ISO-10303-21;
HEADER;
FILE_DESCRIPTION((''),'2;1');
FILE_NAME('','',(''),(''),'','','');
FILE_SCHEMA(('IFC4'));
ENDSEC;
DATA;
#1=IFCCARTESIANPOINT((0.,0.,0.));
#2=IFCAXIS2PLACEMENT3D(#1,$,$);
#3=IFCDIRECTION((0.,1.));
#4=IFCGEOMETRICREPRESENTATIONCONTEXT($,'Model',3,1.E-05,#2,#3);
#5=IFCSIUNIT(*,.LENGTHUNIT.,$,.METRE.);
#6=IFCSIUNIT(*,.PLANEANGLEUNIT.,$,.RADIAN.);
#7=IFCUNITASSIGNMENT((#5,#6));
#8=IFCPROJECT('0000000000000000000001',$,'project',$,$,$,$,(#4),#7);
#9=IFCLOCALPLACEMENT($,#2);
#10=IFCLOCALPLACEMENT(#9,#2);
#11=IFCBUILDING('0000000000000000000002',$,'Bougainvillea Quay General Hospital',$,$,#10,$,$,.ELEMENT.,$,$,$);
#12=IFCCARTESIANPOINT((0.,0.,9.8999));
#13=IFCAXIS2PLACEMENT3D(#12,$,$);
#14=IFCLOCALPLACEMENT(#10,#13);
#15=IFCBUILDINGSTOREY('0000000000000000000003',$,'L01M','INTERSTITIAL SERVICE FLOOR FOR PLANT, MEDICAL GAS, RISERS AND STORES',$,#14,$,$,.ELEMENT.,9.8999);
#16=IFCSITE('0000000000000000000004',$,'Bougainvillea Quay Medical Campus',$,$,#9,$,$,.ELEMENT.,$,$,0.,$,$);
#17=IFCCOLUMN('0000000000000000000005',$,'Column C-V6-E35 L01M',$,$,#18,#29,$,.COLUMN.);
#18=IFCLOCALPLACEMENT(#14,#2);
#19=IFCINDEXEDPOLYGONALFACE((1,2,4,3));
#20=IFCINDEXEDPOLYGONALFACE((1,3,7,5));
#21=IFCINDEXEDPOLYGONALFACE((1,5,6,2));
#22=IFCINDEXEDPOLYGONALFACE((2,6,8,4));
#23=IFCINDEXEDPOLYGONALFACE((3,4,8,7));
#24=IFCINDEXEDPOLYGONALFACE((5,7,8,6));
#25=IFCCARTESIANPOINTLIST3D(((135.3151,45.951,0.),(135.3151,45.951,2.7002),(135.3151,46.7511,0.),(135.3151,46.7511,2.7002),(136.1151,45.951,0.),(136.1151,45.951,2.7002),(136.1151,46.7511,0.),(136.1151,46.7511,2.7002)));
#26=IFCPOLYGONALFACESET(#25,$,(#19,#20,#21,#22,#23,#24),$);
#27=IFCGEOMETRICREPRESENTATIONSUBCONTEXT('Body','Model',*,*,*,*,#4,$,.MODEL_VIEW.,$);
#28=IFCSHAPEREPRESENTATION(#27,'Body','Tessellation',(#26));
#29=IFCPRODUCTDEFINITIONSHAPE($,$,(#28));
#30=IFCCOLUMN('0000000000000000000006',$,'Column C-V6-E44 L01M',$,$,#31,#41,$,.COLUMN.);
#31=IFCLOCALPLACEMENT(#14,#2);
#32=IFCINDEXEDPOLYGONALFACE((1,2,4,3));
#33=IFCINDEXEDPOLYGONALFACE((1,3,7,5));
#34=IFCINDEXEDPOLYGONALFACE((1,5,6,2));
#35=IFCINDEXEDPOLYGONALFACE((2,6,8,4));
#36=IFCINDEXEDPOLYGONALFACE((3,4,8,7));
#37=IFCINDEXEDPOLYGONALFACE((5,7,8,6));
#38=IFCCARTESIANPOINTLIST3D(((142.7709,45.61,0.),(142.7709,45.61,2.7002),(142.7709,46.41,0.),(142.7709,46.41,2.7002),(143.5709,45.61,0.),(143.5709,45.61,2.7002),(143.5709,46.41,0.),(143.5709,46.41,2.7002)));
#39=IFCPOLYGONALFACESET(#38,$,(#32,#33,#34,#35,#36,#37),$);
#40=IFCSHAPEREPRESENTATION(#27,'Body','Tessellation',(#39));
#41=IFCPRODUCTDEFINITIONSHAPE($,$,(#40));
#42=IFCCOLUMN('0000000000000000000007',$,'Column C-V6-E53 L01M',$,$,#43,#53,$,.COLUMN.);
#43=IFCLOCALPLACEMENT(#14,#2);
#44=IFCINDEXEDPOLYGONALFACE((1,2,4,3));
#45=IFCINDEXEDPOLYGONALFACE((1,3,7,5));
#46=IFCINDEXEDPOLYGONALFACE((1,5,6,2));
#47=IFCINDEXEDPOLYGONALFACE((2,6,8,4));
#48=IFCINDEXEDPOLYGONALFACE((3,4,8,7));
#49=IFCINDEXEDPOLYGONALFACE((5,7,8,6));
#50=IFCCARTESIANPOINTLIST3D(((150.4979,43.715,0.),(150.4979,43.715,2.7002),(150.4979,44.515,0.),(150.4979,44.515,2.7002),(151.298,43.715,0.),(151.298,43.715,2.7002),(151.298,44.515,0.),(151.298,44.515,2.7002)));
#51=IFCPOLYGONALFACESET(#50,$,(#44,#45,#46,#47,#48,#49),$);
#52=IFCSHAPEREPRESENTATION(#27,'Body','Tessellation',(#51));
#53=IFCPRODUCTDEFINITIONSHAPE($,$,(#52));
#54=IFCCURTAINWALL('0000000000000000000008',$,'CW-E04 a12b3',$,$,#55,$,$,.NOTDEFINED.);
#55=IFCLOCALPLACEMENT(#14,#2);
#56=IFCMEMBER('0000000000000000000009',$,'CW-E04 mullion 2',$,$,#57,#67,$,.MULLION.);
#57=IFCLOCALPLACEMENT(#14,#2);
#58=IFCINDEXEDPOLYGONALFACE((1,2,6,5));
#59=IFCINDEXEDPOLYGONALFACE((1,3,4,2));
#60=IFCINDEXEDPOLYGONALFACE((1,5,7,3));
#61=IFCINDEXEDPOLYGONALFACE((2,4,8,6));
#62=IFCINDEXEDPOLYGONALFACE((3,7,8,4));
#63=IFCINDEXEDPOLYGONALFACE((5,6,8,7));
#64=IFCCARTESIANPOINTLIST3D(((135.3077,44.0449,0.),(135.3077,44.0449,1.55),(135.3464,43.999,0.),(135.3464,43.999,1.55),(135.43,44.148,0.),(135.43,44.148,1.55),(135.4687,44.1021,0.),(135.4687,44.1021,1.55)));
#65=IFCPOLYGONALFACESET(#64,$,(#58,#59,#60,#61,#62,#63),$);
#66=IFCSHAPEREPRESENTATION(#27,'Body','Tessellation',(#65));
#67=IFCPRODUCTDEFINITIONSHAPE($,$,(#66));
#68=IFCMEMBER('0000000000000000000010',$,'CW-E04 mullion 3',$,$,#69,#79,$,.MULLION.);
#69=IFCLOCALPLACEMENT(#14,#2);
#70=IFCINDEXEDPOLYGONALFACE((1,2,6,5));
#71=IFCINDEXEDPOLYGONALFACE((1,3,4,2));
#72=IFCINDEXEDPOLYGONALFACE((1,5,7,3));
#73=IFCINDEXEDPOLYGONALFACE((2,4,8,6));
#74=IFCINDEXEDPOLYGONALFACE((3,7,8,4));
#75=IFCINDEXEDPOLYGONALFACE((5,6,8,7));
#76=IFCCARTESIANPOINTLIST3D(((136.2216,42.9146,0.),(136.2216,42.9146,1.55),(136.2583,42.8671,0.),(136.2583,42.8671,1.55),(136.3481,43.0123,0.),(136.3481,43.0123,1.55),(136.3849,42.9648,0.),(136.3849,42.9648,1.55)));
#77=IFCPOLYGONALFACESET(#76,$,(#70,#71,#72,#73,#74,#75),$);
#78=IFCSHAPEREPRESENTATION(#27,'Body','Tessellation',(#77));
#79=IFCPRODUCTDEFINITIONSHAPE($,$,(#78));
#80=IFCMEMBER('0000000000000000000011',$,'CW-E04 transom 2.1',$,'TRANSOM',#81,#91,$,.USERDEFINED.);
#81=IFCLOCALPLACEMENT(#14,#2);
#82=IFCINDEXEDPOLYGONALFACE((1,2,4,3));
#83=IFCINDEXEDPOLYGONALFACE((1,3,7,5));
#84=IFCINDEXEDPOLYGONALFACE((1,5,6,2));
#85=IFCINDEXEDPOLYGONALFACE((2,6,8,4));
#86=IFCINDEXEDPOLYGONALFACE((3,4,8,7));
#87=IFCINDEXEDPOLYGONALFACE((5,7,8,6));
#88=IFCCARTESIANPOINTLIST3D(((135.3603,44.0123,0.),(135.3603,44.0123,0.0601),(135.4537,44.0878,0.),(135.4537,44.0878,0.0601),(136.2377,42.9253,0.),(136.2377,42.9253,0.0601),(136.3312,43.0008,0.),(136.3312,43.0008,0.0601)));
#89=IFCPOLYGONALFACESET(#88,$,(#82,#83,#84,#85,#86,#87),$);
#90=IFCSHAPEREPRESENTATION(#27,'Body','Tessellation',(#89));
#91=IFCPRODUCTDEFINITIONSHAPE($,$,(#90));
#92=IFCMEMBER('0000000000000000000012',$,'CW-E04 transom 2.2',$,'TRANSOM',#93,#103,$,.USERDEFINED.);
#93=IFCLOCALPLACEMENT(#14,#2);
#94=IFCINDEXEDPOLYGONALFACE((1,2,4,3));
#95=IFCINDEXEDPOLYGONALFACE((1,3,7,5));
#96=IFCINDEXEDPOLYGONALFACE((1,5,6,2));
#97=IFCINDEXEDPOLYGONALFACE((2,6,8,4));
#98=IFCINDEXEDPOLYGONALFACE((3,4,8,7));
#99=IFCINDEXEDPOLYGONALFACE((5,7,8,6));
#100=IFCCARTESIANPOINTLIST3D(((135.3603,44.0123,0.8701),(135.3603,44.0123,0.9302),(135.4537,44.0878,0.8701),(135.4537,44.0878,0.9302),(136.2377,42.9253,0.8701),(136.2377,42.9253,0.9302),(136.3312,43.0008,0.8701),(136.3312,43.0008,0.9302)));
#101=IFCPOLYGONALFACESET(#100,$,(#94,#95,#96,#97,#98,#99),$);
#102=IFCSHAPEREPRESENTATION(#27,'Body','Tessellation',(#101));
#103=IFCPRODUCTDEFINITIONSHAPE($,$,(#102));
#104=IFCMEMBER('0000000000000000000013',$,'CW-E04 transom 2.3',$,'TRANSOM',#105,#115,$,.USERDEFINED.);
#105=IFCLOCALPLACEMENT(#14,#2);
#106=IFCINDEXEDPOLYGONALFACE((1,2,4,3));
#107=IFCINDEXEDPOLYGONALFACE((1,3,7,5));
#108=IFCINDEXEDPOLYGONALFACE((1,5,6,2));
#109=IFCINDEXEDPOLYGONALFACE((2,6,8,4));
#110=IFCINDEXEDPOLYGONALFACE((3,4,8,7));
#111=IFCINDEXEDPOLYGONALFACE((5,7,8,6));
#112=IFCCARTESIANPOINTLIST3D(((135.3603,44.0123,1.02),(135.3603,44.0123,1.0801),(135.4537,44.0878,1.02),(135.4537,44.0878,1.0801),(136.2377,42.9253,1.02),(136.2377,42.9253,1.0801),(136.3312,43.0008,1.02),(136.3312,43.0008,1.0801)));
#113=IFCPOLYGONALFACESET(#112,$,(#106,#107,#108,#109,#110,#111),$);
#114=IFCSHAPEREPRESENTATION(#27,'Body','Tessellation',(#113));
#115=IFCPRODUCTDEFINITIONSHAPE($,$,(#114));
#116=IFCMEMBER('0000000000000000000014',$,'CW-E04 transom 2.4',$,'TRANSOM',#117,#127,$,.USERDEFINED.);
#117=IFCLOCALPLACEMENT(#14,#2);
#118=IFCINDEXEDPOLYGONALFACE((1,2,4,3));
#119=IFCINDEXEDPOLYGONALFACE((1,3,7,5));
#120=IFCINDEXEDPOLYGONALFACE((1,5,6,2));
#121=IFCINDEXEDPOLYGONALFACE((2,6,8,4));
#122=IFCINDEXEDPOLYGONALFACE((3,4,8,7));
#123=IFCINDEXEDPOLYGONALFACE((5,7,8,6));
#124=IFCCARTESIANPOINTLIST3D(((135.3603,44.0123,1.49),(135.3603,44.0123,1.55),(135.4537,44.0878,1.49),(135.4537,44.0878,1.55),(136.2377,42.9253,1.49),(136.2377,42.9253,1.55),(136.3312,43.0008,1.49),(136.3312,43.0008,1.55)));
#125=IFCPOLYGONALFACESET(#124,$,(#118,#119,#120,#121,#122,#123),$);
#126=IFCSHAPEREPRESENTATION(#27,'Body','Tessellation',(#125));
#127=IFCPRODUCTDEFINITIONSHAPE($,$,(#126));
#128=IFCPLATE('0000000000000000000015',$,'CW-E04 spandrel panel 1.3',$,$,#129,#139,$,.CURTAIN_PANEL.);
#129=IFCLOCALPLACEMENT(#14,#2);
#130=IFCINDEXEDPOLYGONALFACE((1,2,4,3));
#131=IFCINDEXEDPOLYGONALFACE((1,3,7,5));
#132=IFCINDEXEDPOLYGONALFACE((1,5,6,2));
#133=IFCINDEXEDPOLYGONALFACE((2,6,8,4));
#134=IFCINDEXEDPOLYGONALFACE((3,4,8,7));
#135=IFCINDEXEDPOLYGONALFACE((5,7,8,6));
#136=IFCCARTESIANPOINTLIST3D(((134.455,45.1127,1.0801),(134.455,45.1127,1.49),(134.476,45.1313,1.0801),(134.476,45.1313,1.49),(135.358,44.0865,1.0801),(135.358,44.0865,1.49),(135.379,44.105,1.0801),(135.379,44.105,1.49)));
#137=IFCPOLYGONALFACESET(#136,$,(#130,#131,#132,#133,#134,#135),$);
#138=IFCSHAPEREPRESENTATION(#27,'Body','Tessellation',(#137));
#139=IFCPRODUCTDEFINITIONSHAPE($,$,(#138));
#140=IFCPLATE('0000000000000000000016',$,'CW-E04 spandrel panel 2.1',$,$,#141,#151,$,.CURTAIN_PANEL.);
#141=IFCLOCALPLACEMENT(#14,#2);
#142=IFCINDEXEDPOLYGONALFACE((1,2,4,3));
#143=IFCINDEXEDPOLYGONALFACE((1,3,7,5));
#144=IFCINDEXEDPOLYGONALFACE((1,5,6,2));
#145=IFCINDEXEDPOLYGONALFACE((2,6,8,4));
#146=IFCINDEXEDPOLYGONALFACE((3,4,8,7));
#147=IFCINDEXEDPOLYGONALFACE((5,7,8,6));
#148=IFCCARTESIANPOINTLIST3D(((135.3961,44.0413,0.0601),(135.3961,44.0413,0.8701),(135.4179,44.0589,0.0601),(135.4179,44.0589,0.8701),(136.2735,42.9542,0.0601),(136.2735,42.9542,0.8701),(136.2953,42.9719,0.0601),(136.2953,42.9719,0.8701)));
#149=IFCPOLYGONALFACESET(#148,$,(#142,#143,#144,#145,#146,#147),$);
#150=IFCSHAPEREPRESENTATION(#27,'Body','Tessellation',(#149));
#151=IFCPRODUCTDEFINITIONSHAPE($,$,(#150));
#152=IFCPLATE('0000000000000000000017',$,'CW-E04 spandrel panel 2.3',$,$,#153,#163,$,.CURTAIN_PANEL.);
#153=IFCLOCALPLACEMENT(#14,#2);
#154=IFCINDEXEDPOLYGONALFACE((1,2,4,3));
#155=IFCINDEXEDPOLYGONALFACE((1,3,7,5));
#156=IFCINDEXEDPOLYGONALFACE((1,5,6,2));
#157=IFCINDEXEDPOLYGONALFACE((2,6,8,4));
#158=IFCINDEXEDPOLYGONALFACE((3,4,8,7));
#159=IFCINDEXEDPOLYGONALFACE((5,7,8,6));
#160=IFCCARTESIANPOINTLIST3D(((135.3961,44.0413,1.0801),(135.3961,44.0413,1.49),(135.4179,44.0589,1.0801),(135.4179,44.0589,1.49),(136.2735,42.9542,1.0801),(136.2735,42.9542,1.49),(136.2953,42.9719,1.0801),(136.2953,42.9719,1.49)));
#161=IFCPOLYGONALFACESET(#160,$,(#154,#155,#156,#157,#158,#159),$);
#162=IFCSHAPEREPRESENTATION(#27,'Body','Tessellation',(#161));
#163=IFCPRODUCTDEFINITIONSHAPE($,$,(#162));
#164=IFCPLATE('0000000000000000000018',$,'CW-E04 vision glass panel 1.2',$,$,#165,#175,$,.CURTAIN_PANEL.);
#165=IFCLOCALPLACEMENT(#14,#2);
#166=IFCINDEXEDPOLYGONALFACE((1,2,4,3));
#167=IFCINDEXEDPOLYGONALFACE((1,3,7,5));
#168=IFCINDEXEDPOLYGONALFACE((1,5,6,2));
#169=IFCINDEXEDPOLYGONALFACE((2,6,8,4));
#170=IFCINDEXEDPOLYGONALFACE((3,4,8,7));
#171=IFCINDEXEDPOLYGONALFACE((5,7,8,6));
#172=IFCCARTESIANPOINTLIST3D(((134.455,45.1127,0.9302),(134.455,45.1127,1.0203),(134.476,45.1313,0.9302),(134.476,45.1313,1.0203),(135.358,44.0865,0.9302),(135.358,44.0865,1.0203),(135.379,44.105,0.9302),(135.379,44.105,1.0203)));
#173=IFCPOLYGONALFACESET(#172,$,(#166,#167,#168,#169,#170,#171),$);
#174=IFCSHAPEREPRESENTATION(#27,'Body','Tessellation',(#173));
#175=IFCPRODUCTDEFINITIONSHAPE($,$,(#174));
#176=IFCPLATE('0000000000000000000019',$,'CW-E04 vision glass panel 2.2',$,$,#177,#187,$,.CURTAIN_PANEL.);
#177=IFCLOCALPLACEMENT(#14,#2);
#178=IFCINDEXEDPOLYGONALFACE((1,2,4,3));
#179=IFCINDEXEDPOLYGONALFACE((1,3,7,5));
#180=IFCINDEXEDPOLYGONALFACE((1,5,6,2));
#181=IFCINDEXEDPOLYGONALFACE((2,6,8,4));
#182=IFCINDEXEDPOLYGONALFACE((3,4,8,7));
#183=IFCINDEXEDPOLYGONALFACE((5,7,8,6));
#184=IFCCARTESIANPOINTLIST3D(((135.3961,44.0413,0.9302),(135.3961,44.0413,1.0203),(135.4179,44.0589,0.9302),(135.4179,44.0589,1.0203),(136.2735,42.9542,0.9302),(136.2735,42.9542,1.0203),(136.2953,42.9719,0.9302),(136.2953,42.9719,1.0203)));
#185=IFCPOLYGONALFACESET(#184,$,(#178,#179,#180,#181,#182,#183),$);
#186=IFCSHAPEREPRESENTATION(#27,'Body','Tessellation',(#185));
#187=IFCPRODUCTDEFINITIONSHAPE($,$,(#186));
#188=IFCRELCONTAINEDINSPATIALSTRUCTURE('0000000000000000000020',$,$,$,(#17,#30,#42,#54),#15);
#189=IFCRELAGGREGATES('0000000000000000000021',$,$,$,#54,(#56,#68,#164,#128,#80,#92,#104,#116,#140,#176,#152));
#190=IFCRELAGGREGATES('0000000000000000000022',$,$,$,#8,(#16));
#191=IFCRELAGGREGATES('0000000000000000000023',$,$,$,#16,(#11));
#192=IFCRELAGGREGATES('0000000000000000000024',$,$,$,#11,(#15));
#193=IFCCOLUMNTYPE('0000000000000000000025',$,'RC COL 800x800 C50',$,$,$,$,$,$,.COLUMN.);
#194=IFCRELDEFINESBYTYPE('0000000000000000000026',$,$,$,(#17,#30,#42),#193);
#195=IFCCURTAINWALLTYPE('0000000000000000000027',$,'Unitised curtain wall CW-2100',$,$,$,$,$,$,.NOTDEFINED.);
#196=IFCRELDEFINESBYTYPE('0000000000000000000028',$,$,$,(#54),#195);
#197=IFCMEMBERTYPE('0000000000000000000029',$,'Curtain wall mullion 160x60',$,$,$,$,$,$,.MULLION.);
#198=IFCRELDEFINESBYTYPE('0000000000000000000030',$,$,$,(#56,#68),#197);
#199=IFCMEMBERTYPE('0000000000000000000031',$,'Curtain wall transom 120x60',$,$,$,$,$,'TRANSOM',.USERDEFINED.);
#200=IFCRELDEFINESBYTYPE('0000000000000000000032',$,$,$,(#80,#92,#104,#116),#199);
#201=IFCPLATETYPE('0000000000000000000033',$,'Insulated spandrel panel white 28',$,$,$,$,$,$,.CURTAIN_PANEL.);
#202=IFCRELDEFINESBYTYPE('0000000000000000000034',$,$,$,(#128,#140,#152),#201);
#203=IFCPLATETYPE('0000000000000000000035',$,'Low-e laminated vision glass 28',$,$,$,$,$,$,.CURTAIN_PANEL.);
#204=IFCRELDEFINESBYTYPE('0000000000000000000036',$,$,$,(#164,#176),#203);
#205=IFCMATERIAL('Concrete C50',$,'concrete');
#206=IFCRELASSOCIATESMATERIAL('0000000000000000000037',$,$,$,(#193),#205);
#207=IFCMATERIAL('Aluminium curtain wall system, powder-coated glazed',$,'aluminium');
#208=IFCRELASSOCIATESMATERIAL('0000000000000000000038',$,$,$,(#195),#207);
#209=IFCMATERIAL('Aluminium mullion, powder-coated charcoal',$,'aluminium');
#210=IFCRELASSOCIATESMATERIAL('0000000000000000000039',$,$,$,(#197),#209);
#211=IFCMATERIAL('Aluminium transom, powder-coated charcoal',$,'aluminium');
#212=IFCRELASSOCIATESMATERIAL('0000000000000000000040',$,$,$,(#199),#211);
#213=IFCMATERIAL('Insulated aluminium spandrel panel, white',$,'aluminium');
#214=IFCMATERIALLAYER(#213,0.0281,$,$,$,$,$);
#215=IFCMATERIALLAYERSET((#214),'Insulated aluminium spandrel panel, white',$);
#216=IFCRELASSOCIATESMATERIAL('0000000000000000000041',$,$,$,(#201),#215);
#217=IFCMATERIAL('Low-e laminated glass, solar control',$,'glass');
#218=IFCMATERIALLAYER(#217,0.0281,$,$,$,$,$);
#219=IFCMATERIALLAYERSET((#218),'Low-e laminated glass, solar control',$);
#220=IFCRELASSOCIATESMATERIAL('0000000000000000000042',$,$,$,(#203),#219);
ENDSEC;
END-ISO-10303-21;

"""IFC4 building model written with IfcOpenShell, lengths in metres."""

from ifc_helpers import new_model, si_unit, direction, frame, origin, origin_2d, place, context, subcontext, project, spatial, rectangle, extrude, material, layer, layer_set, material_profile, profile_set, type_object, element, aggregate, save


model = new_model("IFC4")

# Units and contexts
model_context = context("Model", 3, precision=1e-05, world=origin(), true_north=direction((0.0, 1.0)))
body_context = subcontext(model_context, "Body", "Model", "MODEL_VIEW")
ifc_project = project(units=[si_unit("LENGTHUNIT", "METRE"), si_unit("PLANEANGLEUNIT", "RADIAN")], contexts=[model_context])

# Site, building, storey
site_placement = place(None, origin())
site = spatial("IfcSite", under=ifc_project, at=site_placement, Name="Bougainvillea Quay Medical Campus", CompositionType="ELEMENT", RefElevation=0.0)
building_placement = place(site_placement, origin())
building = spatial("IfcBuilding", under=site, at=building_placement, Name="Bougainvillea Quay General Hospital", CompositionType="ELEMENT")
storey_placement = place(building_placement, frame((0.0, 0.0, 9.8999)))
storey = spatial("IfcBuildingStorey", under=building, at=storey_placement, Name="L01M", Description="INTERSTITIAL SERVICE FLOOR FOR PLANT, MEDICAL GAS, RISERS AND STORES", CompositionType="ELEMENT", Elevation=9.8999)

# Columns
ifc_material_1 = material(Name="Concrete C50", Category="concrete")
ifc_material_profile_1 = material_profile(ifc_material_1, rectangle(XDim=0.8, YDim=0.8, at=origin_2d()))
ifc_profile_set_1 = profile_set([ifc_material_profile_1], Name="Concrete C50")
column_type = type_object("IfcColumnType", Name="RC COL 800x800 C50", PredefinedType="COLUMN", material=ifc_profile_set_1)
for number, where, z_axis, x_axis, name in (
    (1, (135.7151, 46.3511, 0.0), (0.0, 0.0, 1.0), (1.0, 0.0, 0.0), "Column C-V6-E35 L01M"),
    (2, (143.1709, 46.01, 0.0), (0.0, 0.0, 1.0), (1.0, 0.0, 0.0), "Column C-V6-E44 L01M"),
    (3, (150.8979, 44.115, 0.0), (0.0, 0.0, 1.0), (1.0, 0.0, 0.0), "Column C-V6-E53 L01M"),
):
    element("IfcColumn", number, at=place(storey_placement, frame(where, z_axis=z_axis, x_axis=x_axis)), inside=storey, type_object=column_type, Name=name, PredefinedType="COLUMN", context=body_context, shape_type="SweptSolid", body=[
        extrude(rectangle(XDim=0.8, YDim=0.8, at=origin_2d()), origin(), (0.0, 0.0, 1.0), 2.7002),
    ])

# Curtain wall, members, plates
ifc_material_2 = material(Name="Aluminium curtain wall system, powder-coated glazed", Category="aluminium")
curtain_wall_type = type_object("IfcCurtainWallType", Name="Unitised curtain wall CW-2100", PredefinedType="NOTDEFINED", material=ifc_material_2)
curtain_wall_placement = place(storey_placement, origin())
curtain_wall = element("IfcCurtainWall", 4, at=curtain_wall_placement, inside=storey, type_object=curtain_wall_type, Name="CW-E04 a12b3", PredefinedType="NOTDEFINED")
ifc_material_3 = material(Name="Aluminium mullion, powder-coated charcoal", Category="aluminium")
ifc_material_profile_2 = material_profile(ifc_material_3, rectangle(XDim=0.1599, YDim=0.0601, at=origin_2d()))
ifc_profile_set_2 = profile_set([ifc_material_profile_2], Name="Aluminium mullion, powder-coated charcoal")
member_type_1 = type_object("IfcMemberType", Name="Curtain wall mullion 160x60", PredefinedType="MULLION", material=ifc_profile_set_2)
member_1_placement = place(storey_placement, frame((135.3882, 44.0735, 0.0), z_axis=(0.0, 0.0, 1.0), x_axis=(0.764622, 0.64448, 0.0)))
member_1 = element("IfcMember", 5, at=member_1_placement, type_object=member_type_1, Name="CW-E04 mullion 2", PredefinedType="MULLION", context=body_context, shape_type="SweptSolid", body=[
    extrude(rectangle(XDim=0.1599, YDim=0.0601, at=origin_2d()), origin(), (0.0, 0.0, 1.0), 1.55),
])
member_2_placement = place(storey_placement, frame((136.3032, 42.9397, 0.0), z_axis=(0.0, 0.0, 1.0), x_axis=(0.791337, 0.61138, 0.0)))
member_2 = element("IfcMember", 6, at=member_2_placement, type_object=member_type_1, Name="CW-E04 mullion 3", PredefinedType="MULLION", context=body_context, shape_type="SweptSolid", body=[
    extrude(rectangle(XDim=0.1599, YDim=0.0601, at=origin_2d()), origin(), (0.0, 0.0, 1.0), 1.55),
])
ifc_material_4 = material(Name="Aluminium transom, powder-coated charcoal", Category="aluminium")
ifc_material_profile_3 = material_profile(ifc_material_4, rectangle(XDim=0.1201, YDim=0.0601, at=origin_2d()))
ifc_profile_set_3 = profile_set([ifc_material_profile_3], Name="Aluminium transom, powder-coated charcoal")
member_type_2 = type_object("IfcMemberType", Name="Curtain wall transom 120x60", ElementType="TRANSOM", PredefinedType="USERDEFINED", material=ifc_profile_set_3)
member_3_placement = place(storey_placement, frame((135.407, 44.05, 0.03), z_axis=(0.628142, -0.778099, 0.0), x_axis=(0.778099, 0.628142, 0.0)))
member_3 = element("IfcMember", 7, at=member_3_placement, type_object=member_type_2, Name="CW-E04 transom 2.1", ObjectType="TRANSOM", PredefinedType="USERDEFINED", context=body_context, shape_type="SweptSolid", body=[
    extrude(rectangle(XDim=0.1201, YDim=0.0601, at=origin_2d()), origin(), (0.0, 0.0, 1.0), 1.397),
])
member_4_placement = place(storey_placement, frame((135.407, 44.05, 0.9001), z_axis=(0.628142, -0.778099, 0.0), x_axis=(0.778099, 0.628142, 0.0)))
member_4 = element("IfcMember", 8, at=member_4_placement, type_object=member_type_2, Name="CW-E04 transom 2.2", ObjectType="TRANSOM", PredefinedType="USERDEFINED", context=body_context, shape_type="SweptSolid", body=[
    extrude(rectangle(XDim=0.1201, YDim=0.0601, at=origin_2d()), origin(), (0.0, 0.0, 1.0), 1.397),
])
member_5_placement = place(storey_placement, frame((135.407, 44.05, 1.05), z_axis=(0.628142, -0.778099, 0.0), x_axis=(0.778099, 0.628142, 0.0)))
member_5 = element("IfcMember", 9, at=member_5_placement, type_object=member_type_2, Name="CW-E04 transom 2.3", ObjectType="TRANSOM", PredefinedType="USERDEFINED", context=body_context, shape_type="SweptSolid", body=[
    extrude(rectangle(XDim=0.1201, YDim=0.0601, at=origin_2d()), origin(), (0.0, 0.0, 1.0), 1.397),
])
member_6_placement = place(storey_placement, frame((135.407, 44.05, 1.52), z_axis=(0.628142, -0.778099, 0.0), x_axis=(0.778099, 0.628142, 0.0)))
member_6 = element("IfcMember", 10, at=member_6_placement, type_object=member_type_2, Name="CW-E04 transom 2.4", ObjectType="TRANSOM", PredefinedType="USERDEFINED", context=body_context, shape_type="SweptSolid", body=[
    extrude(rectangle(XDim=0.1201, YDim=0.0601, at=origin_2d()), origin(), (0.0, 0.0, 1.0), 1.397),
])
ifc_material_5 = material(Name="Insulated aluminium spandrel panel, white", Category="aluminium")
ifc_layer_1 = layer(ifc_material_5, 0.0281)
ifc_layer_set_1 = layer_set([ifc_layer_1], Name="Insulated aluminium spandrel panel, white")
plate_type_1 = type_object("IfcPlateType", Name="Insulated spandrel panel white 28", PredefinedType="CURTAIN_PANEL", material=ifc_layer_set_1)
plate_1_placement = place(storey_placement, frame((134.917, 44.6089, 1.0801), z_axis=(0.0, 0.0, 1.0), x_axis=(0.660596, -0.750742, 0.0)))
plate_1 = element("IfcPlate", 11, at=plate_1_placement, type_object=plate_type_1, Name="CW-E04 spandrel panel 1.3", PredefinedType="CURTAIN_PANEL", context=body_context, shape_type="SweptSolid", body=[
    extrude(rectangle(XDim=1.3669, YDim=0.0281, at=origin_2d()), origin(), (0.0, 0.0, 1.0), 0.4099),
])
plate_2_placement = place(storey_placement, frame((135.8457, 43.5066, 0.0601), z_axis=(0.0, 0.0, 1.0), x_axis=(0.628072, -0.778155, 0.0)))
plate_2 = element("IfcPlate", 12, at=plate_2_placement, type_object=plate_type_1, Name="CW-E04 spandrel panel 2.1", PredefinedType="CURTAIN_PANEL", context=body_context, shape_type="SweptSolid", body=[
    extrude(rectangle(XDim=1.397, YDim=0.0281, at=origin_2d()), origin(), (0.0, 0.0, 1.0), 0.8101),
])
plate_3_placement = place(storey_placement, frame((135.8457, 43.5066, 1.0801), z_axis=(0.0, 0.0, 1.0), x_axis=(0.628072, -0.778155, 0.0)))
plate_3 = element("IfcPlate", 13, at=plate_3_placement, type_object=plate_type_1, Name="CW-E04 spandrel panel 2.3", PredefinedType="CURTAIN_PANEL", context=body_context, shape_type="SweptSolid", body=[
    extrude(rectangle(XDim=1.397, YDim=0.0281, at=origin_2d()), origin(), (0.0, 0.0, 1.0), 0.4099),
])
ifc_material_6 = material(Name="Low-e laminated glass, solar control", Category="glass")
ifc_layer_2 = layer(ifc_material_6, 0.0281)
ifc_layer_set_2 = layer_set([ifc_layer_2], Name="Low-e laminated glass, solar control")
plate_type_2 = type_object("IfcPlateType", Name="Low-e laminated vision glass 28", PredefinedType="CURTAIN_PANEL", material=ifc_layer_set_2)
plate_4_placement = place(storey_placement, frame((134.917, 44.6089, 0.9302), z_axis=(0.0, 0.0, 1.0), x_axis=(0.660596, -0.750742, 0.0)))
plate_4 = element("IfcPlate", 14, at=plate_4_placement, type_object=plate_type_2, Name="CW-E04 vision glass panel 1.2", PredefinedType="CURTAIN_PANEL", context=body_context, shape_type="SweptSolid", body=[
    extrude(rectangle(XDim=1.3669, YDim=0.0281, at=origin_2d()), origin(), (0.0, 0.0, 1.0), 0.0901),
])
plate_5_placement = place(storey_placement, frame((135.8457, 43.5066, 0.9302), z_axis=(0.0, 0.0, 1.0), x_axis=(0.628072, -0.778155, 0.0)))
plate_5 = element("IfcPlate", 15, at=plate_5_placement, type_object=plate_type_2, Name="CW-E04 vision glass panel 2.2", PredefinedType="CURTAIN_PANEL", context=body_context, shape_type="SweptSolid", body=[
    extrude(rectangle(XDim=1.397, YDim=0.0281, at=origin_2d()), origin(), (0.0, 0.0, 1.0), 0.0901),
])
aggregate(curtain_wall, [member_1, member_2, plate_4, plate_1, member_3, member_4, member_5, member_6, plate_2, plate_5, plate_3])

save(model, "model.ifc")
